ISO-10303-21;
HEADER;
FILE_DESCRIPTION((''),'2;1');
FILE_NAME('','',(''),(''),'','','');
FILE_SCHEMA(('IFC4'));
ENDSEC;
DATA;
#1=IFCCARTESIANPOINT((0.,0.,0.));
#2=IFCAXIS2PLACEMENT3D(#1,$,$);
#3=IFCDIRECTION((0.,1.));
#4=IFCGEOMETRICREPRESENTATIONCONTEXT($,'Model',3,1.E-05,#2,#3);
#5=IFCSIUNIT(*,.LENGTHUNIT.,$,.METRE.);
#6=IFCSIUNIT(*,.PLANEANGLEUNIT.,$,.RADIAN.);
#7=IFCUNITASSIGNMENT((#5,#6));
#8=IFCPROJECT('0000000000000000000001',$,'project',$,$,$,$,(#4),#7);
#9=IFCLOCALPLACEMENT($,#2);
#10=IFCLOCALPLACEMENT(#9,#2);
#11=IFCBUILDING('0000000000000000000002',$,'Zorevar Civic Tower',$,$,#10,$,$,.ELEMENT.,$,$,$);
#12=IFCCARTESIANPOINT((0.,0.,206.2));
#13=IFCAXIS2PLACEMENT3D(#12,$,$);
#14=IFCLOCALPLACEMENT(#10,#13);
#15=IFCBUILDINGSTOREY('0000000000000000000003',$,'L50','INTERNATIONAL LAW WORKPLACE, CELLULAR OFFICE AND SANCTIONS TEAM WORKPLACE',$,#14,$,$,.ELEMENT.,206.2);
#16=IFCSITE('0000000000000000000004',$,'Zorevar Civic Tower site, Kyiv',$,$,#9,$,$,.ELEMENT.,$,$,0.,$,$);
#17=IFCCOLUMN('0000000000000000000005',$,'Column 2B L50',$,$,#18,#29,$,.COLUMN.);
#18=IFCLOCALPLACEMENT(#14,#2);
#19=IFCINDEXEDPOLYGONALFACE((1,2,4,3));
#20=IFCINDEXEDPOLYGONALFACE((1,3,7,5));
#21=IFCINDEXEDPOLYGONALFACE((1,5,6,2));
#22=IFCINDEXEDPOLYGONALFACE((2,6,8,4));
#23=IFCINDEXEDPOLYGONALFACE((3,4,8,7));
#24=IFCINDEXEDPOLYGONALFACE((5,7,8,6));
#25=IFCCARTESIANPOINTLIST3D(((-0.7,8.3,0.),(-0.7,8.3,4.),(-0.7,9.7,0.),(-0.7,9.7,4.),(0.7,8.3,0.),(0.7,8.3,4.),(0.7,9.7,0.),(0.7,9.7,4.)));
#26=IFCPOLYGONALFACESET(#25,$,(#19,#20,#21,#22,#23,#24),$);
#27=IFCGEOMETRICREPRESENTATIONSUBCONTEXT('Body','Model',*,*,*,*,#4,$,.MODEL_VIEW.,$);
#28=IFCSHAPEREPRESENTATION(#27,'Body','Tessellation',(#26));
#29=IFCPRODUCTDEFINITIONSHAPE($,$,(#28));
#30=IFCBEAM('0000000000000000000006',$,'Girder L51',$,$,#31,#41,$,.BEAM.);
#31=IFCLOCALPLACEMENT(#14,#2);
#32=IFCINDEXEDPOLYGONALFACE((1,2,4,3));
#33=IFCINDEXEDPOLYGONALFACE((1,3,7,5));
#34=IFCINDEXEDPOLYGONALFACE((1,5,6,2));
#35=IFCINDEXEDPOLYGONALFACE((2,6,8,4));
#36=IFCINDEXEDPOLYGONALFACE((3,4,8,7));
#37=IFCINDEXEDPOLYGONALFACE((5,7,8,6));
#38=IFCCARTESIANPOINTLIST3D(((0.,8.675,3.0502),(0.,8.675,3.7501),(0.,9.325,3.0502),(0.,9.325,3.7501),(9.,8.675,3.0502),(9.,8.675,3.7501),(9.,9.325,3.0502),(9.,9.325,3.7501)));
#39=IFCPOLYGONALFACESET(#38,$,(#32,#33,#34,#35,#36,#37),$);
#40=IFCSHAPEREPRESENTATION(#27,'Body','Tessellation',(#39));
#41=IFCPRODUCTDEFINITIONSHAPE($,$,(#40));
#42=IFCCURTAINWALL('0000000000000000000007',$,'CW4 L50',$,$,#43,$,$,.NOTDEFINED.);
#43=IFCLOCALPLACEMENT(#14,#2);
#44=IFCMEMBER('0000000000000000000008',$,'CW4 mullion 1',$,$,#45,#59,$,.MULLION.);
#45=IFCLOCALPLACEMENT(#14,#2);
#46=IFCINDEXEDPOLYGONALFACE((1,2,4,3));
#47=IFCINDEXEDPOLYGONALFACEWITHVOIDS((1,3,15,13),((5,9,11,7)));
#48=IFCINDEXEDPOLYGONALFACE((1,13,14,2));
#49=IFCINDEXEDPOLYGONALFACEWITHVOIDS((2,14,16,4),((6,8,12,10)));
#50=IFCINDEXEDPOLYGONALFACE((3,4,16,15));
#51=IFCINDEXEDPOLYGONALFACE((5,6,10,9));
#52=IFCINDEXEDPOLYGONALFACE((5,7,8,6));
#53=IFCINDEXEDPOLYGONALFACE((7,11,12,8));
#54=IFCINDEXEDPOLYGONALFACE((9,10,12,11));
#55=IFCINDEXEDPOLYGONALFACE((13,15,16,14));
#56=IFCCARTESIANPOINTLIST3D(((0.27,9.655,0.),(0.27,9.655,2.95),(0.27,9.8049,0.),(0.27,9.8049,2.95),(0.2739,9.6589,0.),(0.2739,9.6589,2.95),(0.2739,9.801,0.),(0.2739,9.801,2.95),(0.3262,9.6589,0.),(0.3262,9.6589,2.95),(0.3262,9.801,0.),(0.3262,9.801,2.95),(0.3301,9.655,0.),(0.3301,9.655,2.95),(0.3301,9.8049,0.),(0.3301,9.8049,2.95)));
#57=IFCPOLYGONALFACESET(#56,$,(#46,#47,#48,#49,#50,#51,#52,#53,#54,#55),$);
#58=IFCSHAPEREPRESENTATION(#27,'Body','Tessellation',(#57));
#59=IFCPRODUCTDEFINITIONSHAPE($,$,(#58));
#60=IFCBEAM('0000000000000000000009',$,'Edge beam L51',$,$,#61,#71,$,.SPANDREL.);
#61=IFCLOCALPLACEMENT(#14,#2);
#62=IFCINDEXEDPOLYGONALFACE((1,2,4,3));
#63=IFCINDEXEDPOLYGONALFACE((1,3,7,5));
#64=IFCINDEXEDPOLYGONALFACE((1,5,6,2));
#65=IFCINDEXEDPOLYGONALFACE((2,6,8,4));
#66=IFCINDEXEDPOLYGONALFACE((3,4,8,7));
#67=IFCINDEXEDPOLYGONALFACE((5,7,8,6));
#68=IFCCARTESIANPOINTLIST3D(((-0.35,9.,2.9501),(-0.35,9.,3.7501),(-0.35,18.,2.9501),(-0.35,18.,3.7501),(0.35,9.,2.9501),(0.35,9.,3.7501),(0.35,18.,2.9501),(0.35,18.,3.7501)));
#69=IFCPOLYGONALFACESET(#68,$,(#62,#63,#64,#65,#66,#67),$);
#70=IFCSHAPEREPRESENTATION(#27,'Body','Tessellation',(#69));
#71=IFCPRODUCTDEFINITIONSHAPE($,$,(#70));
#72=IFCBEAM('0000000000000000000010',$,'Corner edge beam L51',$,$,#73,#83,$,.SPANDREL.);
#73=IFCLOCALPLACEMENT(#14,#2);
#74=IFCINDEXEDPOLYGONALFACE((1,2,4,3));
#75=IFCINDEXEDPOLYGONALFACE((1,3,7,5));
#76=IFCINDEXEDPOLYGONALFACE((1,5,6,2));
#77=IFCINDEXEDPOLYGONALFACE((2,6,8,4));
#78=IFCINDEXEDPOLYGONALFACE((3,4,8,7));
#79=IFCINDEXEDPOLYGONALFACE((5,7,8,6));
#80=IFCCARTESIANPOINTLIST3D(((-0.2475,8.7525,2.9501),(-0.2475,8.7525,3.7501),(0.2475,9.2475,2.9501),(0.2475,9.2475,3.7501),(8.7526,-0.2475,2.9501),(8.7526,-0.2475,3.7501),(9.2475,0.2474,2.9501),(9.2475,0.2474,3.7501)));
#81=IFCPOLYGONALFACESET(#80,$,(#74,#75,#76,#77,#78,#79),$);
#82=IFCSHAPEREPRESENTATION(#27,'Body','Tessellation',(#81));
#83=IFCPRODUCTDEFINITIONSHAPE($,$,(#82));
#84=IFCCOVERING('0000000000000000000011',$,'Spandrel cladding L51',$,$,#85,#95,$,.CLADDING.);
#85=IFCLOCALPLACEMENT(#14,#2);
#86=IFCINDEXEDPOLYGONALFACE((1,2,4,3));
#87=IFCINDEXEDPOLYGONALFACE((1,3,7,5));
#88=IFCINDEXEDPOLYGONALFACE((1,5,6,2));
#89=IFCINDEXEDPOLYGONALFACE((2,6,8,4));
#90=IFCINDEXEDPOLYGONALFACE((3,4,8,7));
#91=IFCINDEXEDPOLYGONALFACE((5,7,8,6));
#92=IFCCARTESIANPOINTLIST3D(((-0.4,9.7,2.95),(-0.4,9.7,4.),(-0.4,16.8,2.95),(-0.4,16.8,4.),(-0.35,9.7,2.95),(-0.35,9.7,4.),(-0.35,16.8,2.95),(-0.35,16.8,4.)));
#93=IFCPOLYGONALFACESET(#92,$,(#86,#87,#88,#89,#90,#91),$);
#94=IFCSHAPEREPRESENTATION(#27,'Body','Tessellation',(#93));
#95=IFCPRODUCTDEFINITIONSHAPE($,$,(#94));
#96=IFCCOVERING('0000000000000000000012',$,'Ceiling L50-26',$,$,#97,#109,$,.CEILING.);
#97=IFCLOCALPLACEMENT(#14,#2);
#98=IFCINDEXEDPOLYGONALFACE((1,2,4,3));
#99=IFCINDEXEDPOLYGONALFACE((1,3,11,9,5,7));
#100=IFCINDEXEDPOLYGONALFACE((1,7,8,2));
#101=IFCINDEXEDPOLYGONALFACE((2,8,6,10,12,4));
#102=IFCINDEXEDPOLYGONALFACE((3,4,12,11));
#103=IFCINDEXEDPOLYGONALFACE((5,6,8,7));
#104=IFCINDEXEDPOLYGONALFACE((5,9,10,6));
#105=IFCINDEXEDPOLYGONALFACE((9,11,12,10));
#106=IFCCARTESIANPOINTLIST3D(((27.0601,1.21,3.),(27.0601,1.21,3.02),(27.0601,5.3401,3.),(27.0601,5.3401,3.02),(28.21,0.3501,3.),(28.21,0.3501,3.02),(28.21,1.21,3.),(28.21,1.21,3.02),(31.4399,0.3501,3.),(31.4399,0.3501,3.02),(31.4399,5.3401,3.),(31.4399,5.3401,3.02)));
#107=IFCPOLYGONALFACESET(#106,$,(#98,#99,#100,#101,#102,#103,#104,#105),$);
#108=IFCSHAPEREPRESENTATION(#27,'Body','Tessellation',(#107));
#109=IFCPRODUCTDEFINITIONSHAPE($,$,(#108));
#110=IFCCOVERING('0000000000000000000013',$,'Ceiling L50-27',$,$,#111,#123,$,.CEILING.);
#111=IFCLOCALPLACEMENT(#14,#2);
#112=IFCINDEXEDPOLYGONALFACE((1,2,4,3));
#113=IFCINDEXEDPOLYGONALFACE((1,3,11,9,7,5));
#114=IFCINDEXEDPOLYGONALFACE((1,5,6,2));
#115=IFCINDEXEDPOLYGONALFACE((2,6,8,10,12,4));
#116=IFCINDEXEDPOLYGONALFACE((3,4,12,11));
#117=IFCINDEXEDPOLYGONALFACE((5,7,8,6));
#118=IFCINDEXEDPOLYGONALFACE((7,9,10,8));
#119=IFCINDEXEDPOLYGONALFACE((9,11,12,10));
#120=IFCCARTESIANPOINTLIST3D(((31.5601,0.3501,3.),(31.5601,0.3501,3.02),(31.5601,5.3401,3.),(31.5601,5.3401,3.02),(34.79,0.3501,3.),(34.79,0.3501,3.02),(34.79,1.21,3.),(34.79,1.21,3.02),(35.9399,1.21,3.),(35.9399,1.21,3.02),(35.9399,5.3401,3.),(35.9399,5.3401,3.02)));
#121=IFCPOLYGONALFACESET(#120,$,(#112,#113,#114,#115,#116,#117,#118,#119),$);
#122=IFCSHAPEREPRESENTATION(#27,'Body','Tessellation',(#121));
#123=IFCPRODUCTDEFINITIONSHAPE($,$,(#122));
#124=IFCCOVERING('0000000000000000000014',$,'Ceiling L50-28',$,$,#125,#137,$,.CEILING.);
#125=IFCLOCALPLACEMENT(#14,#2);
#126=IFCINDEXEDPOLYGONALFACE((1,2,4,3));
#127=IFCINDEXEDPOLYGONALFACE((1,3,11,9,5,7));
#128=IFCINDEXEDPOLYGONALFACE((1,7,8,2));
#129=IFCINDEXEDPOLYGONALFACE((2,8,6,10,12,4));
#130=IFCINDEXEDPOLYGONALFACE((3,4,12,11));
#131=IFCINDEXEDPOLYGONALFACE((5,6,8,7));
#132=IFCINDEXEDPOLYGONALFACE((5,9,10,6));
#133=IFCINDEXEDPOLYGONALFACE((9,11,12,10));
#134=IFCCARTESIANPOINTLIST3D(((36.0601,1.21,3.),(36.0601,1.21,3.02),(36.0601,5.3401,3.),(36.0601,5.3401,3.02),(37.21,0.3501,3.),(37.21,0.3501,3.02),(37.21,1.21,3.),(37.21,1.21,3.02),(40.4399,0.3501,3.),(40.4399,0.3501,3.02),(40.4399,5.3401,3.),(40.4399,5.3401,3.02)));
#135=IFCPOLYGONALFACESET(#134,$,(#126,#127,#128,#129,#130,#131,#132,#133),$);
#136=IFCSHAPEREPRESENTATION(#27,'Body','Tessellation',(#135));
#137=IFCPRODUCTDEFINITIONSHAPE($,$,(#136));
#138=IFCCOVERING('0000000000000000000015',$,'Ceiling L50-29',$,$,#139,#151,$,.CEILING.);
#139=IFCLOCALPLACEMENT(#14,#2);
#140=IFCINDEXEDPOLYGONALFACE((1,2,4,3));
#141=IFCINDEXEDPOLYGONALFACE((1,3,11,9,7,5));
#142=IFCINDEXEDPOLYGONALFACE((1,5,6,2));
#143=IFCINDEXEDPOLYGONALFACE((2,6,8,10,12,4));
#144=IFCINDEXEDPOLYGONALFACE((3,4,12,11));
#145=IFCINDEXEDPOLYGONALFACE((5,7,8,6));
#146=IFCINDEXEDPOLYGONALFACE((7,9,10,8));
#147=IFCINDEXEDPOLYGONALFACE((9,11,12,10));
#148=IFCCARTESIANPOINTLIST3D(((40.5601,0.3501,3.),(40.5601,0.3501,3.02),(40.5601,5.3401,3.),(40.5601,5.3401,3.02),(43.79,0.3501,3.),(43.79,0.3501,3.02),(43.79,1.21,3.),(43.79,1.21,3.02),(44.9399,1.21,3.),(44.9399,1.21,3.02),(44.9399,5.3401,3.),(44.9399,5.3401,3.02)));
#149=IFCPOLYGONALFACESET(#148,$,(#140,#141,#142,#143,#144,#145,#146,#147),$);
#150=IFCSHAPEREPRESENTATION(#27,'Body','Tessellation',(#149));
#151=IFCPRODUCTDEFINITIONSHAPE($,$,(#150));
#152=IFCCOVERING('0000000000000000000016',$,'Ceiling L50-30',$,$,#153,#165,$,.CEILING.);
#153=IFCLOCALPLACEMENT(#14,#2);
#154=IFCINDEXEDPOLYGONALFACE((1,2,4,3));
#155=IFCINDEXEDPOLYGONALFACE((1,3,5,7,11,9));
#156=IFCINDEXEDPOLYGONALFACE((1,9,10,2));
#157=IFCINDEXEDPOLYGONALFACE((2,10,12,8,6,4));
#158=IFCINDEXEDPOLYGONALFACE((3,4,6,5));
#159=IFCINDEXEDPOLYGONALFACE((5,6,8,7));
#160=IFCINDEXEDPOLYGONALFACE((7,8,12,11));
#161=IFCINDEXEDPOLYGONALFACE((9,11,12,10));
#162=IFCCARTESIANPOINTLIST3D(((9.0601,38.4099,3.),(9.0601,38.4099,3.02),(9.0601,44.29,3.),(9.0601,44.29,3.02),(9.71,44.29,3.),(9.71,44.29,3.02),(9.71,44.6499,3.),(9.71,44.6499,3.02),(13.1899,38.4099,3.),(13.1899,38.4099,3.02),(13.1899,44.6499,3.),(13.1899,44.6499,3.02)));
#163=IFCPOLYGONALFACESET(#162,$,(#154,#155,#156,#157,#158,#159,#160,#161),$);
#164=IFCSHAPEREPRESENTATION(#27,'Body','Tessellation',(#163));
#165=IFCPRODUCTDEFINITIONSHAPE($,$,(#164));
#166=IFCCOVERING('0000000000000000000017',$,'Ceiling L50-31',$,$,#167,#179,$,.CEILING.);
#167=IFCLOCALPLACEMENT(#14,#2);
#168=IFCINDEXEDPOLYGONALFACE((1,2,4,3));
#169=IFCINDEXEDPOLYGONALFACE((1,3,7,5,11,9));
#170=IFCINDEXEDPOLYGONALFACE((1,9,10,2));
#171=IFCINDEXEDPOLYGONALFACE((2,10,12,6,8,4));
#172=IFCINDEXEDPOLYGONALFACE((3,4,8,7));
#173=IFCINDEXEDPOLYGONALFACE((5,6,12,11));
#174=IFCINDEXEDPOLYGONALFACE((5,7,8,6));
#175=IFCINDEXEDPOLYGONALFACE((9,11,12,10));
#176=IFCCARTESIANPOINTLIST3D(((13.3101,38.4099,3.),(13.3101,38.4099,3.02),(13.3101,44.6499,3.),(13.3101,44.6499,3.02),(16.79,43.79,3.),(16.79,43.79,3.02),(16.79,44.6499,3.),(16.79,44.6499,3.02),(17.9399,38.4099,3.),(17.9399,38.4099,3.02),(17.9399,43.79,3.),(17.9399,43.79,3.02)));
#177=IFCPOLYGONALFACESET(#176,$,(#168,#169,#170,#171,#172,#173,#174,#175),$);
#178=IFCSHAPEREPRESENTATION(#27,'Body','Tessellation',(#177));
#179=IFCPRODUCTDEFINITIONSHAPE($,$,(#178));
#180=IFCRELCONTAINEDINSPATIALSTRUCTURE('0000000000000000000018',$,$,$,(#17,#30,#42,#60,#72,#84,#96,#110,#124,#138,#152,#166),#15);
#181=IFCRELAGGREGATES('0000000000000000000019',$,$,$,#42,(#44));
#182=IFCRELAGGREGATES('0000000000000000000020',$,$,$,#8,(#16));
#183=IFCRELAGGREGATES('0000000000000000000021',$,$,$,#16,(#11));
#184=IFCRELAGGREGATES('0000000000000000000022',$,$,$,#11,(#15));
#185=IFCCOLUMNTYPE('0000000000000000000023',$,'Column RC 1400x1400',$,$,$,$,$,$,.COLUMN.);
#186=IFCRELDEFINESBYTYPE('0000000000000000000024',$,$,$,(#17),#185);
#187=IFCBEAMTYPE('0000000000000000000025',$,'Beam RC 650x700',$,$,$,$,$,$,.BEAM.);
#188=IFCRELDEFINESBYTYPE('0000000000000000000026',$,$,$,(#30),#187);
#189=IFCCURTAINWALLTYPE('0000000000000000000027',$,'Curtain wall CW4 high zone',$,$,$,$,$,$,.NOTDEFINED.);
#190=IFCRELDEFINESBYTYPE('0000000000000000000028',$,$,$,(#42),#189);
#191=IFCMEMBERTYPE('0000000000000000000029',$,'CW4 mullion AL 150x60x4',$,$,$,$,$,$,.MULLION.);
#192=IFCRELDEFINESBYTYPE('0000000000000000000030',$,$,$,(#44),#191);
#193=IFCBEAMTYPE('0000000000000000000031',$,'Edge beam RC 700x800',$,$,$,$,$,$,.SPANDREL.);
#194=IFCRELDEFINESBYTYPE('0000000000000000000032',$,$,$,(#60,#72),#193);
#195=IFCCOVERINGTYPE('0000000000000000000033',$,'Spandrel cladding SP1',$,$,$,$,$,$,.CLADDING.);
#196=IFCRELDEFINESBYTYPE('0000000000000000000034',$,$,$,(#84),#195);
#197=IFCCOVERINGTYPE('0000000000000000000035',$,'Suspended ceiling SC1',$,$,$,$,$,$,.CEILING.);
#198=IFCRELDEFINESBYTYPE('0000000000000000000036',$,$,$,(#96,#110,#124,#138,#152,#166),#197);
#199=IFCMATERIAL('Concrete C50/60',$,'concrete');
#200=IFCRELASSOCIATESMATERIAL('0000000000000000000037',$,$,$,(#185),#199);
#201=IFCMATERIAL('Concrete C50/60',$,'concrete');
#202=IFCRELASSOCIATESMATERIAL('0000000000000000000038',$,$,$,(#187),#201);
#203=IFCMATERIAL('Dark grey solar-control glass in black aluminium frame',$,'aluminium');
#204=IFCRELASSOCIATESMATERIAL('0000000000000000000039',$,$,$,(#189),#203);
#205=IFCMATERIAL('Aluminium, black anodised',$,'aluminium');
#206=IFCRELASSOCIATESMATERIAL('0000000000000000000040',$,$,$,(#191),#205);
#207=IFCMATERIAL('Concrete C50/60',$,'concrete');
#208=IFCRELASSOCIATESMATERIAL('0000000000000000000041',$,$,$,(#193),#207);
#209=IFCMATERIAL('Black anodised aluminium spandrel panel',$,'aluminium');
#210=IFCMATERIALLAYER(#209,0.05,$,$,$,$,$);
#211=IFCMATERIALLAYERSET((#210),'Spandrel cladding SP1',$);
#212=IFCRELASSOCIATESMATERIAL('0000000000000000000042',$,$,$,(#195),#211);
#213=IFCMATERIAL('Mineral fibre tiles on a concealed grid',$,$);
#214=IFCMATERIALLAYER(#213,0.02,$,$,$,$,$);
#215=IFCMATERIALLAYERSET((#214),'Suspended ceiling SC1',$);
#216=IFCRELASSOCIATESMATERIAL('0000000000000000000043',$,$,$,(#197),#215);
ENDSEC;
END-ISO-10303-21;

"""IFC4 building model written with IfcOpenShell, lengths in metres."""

from ifc_helpers import new_model, si_unit, direction, frame, frame_2d, origin, origin_2d, place, context, subcontext, project, spatial, polyline, rectangle, hollow_rectangle, outline, extrude, material, layer, layer_set, material_profile, profile_set, type_object, element, aggregate, save


model = new_model("IFC4")

# Units and contexts
model_context = context("Model", 3, precision=1e-05, world=origin(), true_north=direction((0.0, 1.0)))
body_context = subcontext(model_context, "Body", "Model", "MODEL_VIEW")
ifc_project = project(units=[si_unit("LENGTHUNIT", "METRE"), si_unit("PLANEANGLEUNIT", "RADIAN")], contexts=[model_context])

# Site, building, storey
site_placement = place(None, origin())
site = spatial("IfcSite", under=ifc_project, at=site_placement, Name="Zorevar Civic Tower site, Kyiv", CompositionType="ELEMENT", RefElevation=0.0)
building_placement = place(site_placement, origin())
building = spatial("IfcBuilding", under=site, at=building_placement, Name="Zorevar Civic Tower", CompositionType="ELEMENT")
storey_placement = place(building_placement, frame((0.0, 0.0, 206.2)))
storey = spatial("IfcBuildingStorey", under=building, at=storey_placement, Name="L50", Description="INTERNATIONAL LAW WORKPLACE, CELLULAR OFFICE AND SANCTIONS TEAM WORKPLACE", CompositionType="ELEMENT", Elevation=206.2)

# Column
ifc_material_1 = material(Name="Concrete C50/60", Category="concrete")
ifc_material_profile_1 = material_profile(ifc_material_1, rectangle(XDim=1.3999, YDim=1.3999, at=origin_2d()), Name="RC 1400x1400")
ifc_profile_set_1 = profile_set([ifc_material_profile_1], Name="Concrete C50/60")
column_type = type_object("IfcColumnType", Name="Column RC 1400x1400", PredefinedType="COLUMN", material=ifc_profile_set_1)
column_placement = place(storey_placement, frame((0.0, 9.0, 0.0), z_axis=(0.0, 0.0, 1.0), x_axis=(1.0, 0.0, 0.0)))
element("IfcColumn", 1, at=column_placement, inside=storey, type_object=column_type, Name="Column 2B L50", PredefinedType="COLUMN", context=body_context, shape_type="SweptSolid", body=[
    extrude(rectangle(XDim=1.3999, YDim=1.3999, at=origin_2d()), origin(), (0.0, 0.0, 1.0), 4.0),
])

# Beam
ifc_material_2 = material(Name="Concrete C50/60", Category="concrete")
ifc_material_profile_2 = material_profile(ifc_material_2, rectangle(XDim=0.6499, YDim=0.7, at=origin_2d()), Name="RC 650x700")
ifc_profile_set_2 = profile_set([ifc_material_profile_2], Name="Concrete C50/60")
beam_type_1 = type_object("IfcBeamType", Name="Beam RC 650x700", PredefinedType="BEAM", material=ifc_profile_set_2)
beam_1_placement = place(storey_placement, frame((0.0, 9.0, 3.4001), z_axis=(1.0, 0.0, 0.0), x_axis=(0.0, 1.0, 0.0)))
element("IfcBeam", 2, at=beam_1_placement, inside=storey, type_object=beam_type_1, Name="Girder L51", PredefinedType="BEAM", context=body_context, shape_type="SweptSolid", body=[
    extrude(rectangle(XDim=0.6499, YDim=0.7, at=origin_2d()), origin(), (0.0, 0.0, 1.0), 9.0),
])

# Curtain wall, member
ifc_material_3 = material(Name="Dark grey solar-control glass in black aluminium frame", Category="aluminium")
curtain_wall_type = type_object("IfcCurtainWallType", Name="Curtain wall CW4 high zone", PredefinedType="NOTDEFINED", material=ifc_material_3)
curtain_wall_placement = place(storey_placement, origin())
curtain_wall = element("IfcCurtainWall", 3, at=curtain_wall_placement, inside=storey, type_object=curtain_wall_type, Name="CW4 L50", PredefinedType="NOTDEFINED")
ifc_material_4 = material(Name="Aluminium, black anodised", Category="aluminium")
ifc_material_profile_3 = material_profile(ifc_material_4, hollow_rectangle(XDim=0.0601, YDim=0.1499, WallThickness=0.0039, at=origin_2d()), Name="AL 150x60x4")
ifc_profile_set_3 = profile_set([ifc_material_profile_3], Name="Aluminium, black anodised")
member_type = type_object("IfcMemberType", Name="CW4 mullion AL 150x60x4", PredefinedType="MULLION", material=ifc_profile_set_3)
member_placement = place(storey_placement, frame((0.3, 9.73, 0.0), z_axis=(0.0, 0.0, 1.0), x_axis=(-1.0, 0.0, 0.0)))
member = element("IfcMember", 4, at=member_placement, type_object=member_type, Name="CW4 mullion 1", PredefinedType="MULLION", context=body_context, shape_type="SweptSolid", body=[
    extrude(hollow_rectangle(XDim=0.0601, YDim=0.1499, WallThickness=0.0039, at=origin_2d()), origin(), (0.0, 0.0, 1.0), 2.95),
])
aggregate(curtain_wall, [member])

# Beams
ifc_material_5 = material(Name="Concrete C50/60", Category="concrete")
ifc_material_profile_4 = material_profile(ifc_material_5, rectangle(XDim=0.7, YDim=0.8, at=origin_2d()), Name="RC 700x800")
ifc_profile_set_4 = profile_set([ifc_material_profile_4], Name="Concrete C50/60")
beam_type_2 = type_object("IfcBeamType", Name="Edge beam RC 700x800", PredefinedType="SPANDREL", material=ifc_profile_set_4)
beam_2_placement = place(storey_placement, frame((0.0, 9.0, 3.3501), z_axis=(0.0, 1.0, 0.0), x_axis=(-1.0, 0.0, 0.0)))
element("IfcBeam", 5, at=beam_2_placement, inside=storey, type_object=beam_type_2, Name="Edge beam L51", PredefinedType="SPANDREL", context=body_context, shape_type="SweptSolid", body=[
    extrude(rectangle(XDim=0.7, YDim=0.8, at=origin_2d()), origin(), (0.0, 0.0, 1.0), 9.0),
])
beam_3_placement = place(storey_placement, frame((0.0, 9.0, 3.3501), z_axis=(0.707107, -0.707107, 0.0), x_axis=(0.707107, 0.707107, 0.0)))
element("IfcBeam", 6, at=beam_3_placement, inside=storey, type_object=beam_type_2, Name="Corner edge beam L51", PredefinedType="SPANDREL", context=body_context, shape_type="SweptSolid", body=[
    extrude(rectangle(XDim=0.7, YDim=0.8, at=origin_2d()), origin(), (0.0, 0.0, 1.0), 12.728),
])

# Coverings
ifc_material_6 = material(Name="Black anodised aluminium spandrel panel", Category="aluminium")
ifc_layer_1 = layer(ifc_material_6, 0.05)
ifc_layer_set_1 = layer_set([ifc_layer_1], Name="Spandrel cladding SP1")
covering_type_1 = type_object("IfcCoveringType", Name="Spandrel cladding SP1", PredefinedType="CLADDING", material=ifc_layer_set_1)
covering_1_placement = place(storey_placement, frame((-0.375, 9.7, 2.95), z_axis=(0.0, 0.0, 1.0), x_axis=(0.0, 1.0, 0.0)))
element("IfcCovering", 7, at=covering_1_placement, inside=storey, type_object=covering_type_1, Name="Spandrel cladding L51", PredefinedType="CLADDING", context=body_context, shape_type="SweptSolid", body=[
    extrude(rectangle(XDim=7.1001, YDim=0.05, at=frame_2d((3.55, 0.0))), origin(), (0.0, 0.0, 1.0), 1.05),
])
ifc_material_7 = material(Name="Mineral fibre tiles on a concealed grid")
ifc_layer_2 = layer(ifc_material_7, 0.02)
ifc_layer_set_2 = layer_set([ifc_layer_2], Name="Suspended ceiling SC1")
covering_type_2 = type_object("IfcCoveringType", Name="Suspended ceiling SC1", PredefinedType="CEILING", material=ifc_layer_set_2)
covering_2_placement = place(storey_placement, frame((0.0, 0.0, 3.0)))
element("IfcCovering", 8, at=covering_2_placement, inside=storey, type_object=covering_type_2, Name="Ceiling L50-26", PredefinedType="CEILING", context=body_context, shape_type="SweptSolid", body=[
    extrude(outline(polyline([(31.4399, 5.3401), (31.4399, 0.3501), (28.21, 0.3501), (28.21, 1.21), (27.0601, 1.21), (27.0601, 5.3401), (31.4399, 5.3401)])), origin(), (0.0, 0.0, 1.0), 0.02),
])
covering_3_placement = place(storey_placement, frame((0.0, 0.0, 3.0)))
element("IfcCovering", 9, at=covering_3_placement, inside=storey, type_object=covering_type_2, Name="Ceiling L50-27", PredefinedType="CEILING", context=body_context, shape_type="SweptSolid", body=[
    extrude(outline(polyline([(35.9399, 5.3401), (35.9399, 1.21), (34.79, 1.21), (34.79, 0.3501), (31.5601, 0.3501), (31.5601, 5.3401), (35.9399, 5.3401)])), origin(), (0.0, 0.0, 1.0), 0.02),
])
covering_4_placement = place(storey_placement, frame((0.0, 0.0, 3.0)))
element("IfcCovering", 10, at=covering_4_placement, inside=storey, type_object=covering_type_2, Name="Ceiling L50-28", PredefinedType="CEILING", context=body_context, shape_type="SweptSolid", body=[
    extrude(outline(polyline([(40.4399, 5.3401), (40.4399, 0.3501), (37.21, 0.3501), (37.21, 1.21), (36.0601, 1.21), (36.0601, 5.3401), (40.4399, 5.3401)])), origin(), (0.0, 0.0, 1.0), 0.02),
])
covering_5_placement = place(storey_placement, frame((0.0, 0.0, 3.0)))
element("IfcCovering", 11, at=covering_5_placement, inside=storey, type_object=covering_type_2, Name="Ceiling L50-29", PredefinedType="CEILING", context=body_context, shape_type="SweptSolid", body=[
    extrude(outline(polyline([(44.9399, 5.3401), (44.9399, 1.21), (43.79, 1.21), (43.79, 0.3501), (40.5601, 0.3501), (40.5601, 5.3401), (44.9399, 5.3401)])), origin(), (0.0, 0.0, 1.0), 0.02),
])
covering_6_placement = place(storey_placement, frame((0.0, 0.0, 3.0)))
element("IfcCovering", 12, at=covering_6_placement, inside=storey, type_object=covering_type_2, Name="Ceiling L50-30", PredefinedType="CEILING", context=body_context, shape_type="SweptSolid", body=[
    extrude(outline(polyline([(9.0601, 38.4099), (9.0601, 44.29), (9.71, 44.29), (9.71, 44.6499), (13.1899, 44.6499), (13.1899, 38.4099), (9.0601, 38.4099)])), origin(), (0.0, 0.0, 1.0), 0.02),
])
covering_7_placement = place(storey_placement, frame((0.0, 0.0, 3.0)))
element("IfcCovering", 13, at=covering_7_placement, inside=storey, type_object=covering_type_2, Name="Ceiling L50-31", PredefinedType="CEILING", context=body_context, shape_type="SweptSolid", body=[
    extrude(outline(polyline([(13.3101, 38.4099), (13.3101, 44.6499), (16.79, 44.6499), (16.79, 43.79), (17.9399, 43.79), (17.9399, 38.4099), (13.3101, 38.4099)])), origin(), (0.0, 0.0, 1.0), 0.02),
])

save(model, "model.ifc")
